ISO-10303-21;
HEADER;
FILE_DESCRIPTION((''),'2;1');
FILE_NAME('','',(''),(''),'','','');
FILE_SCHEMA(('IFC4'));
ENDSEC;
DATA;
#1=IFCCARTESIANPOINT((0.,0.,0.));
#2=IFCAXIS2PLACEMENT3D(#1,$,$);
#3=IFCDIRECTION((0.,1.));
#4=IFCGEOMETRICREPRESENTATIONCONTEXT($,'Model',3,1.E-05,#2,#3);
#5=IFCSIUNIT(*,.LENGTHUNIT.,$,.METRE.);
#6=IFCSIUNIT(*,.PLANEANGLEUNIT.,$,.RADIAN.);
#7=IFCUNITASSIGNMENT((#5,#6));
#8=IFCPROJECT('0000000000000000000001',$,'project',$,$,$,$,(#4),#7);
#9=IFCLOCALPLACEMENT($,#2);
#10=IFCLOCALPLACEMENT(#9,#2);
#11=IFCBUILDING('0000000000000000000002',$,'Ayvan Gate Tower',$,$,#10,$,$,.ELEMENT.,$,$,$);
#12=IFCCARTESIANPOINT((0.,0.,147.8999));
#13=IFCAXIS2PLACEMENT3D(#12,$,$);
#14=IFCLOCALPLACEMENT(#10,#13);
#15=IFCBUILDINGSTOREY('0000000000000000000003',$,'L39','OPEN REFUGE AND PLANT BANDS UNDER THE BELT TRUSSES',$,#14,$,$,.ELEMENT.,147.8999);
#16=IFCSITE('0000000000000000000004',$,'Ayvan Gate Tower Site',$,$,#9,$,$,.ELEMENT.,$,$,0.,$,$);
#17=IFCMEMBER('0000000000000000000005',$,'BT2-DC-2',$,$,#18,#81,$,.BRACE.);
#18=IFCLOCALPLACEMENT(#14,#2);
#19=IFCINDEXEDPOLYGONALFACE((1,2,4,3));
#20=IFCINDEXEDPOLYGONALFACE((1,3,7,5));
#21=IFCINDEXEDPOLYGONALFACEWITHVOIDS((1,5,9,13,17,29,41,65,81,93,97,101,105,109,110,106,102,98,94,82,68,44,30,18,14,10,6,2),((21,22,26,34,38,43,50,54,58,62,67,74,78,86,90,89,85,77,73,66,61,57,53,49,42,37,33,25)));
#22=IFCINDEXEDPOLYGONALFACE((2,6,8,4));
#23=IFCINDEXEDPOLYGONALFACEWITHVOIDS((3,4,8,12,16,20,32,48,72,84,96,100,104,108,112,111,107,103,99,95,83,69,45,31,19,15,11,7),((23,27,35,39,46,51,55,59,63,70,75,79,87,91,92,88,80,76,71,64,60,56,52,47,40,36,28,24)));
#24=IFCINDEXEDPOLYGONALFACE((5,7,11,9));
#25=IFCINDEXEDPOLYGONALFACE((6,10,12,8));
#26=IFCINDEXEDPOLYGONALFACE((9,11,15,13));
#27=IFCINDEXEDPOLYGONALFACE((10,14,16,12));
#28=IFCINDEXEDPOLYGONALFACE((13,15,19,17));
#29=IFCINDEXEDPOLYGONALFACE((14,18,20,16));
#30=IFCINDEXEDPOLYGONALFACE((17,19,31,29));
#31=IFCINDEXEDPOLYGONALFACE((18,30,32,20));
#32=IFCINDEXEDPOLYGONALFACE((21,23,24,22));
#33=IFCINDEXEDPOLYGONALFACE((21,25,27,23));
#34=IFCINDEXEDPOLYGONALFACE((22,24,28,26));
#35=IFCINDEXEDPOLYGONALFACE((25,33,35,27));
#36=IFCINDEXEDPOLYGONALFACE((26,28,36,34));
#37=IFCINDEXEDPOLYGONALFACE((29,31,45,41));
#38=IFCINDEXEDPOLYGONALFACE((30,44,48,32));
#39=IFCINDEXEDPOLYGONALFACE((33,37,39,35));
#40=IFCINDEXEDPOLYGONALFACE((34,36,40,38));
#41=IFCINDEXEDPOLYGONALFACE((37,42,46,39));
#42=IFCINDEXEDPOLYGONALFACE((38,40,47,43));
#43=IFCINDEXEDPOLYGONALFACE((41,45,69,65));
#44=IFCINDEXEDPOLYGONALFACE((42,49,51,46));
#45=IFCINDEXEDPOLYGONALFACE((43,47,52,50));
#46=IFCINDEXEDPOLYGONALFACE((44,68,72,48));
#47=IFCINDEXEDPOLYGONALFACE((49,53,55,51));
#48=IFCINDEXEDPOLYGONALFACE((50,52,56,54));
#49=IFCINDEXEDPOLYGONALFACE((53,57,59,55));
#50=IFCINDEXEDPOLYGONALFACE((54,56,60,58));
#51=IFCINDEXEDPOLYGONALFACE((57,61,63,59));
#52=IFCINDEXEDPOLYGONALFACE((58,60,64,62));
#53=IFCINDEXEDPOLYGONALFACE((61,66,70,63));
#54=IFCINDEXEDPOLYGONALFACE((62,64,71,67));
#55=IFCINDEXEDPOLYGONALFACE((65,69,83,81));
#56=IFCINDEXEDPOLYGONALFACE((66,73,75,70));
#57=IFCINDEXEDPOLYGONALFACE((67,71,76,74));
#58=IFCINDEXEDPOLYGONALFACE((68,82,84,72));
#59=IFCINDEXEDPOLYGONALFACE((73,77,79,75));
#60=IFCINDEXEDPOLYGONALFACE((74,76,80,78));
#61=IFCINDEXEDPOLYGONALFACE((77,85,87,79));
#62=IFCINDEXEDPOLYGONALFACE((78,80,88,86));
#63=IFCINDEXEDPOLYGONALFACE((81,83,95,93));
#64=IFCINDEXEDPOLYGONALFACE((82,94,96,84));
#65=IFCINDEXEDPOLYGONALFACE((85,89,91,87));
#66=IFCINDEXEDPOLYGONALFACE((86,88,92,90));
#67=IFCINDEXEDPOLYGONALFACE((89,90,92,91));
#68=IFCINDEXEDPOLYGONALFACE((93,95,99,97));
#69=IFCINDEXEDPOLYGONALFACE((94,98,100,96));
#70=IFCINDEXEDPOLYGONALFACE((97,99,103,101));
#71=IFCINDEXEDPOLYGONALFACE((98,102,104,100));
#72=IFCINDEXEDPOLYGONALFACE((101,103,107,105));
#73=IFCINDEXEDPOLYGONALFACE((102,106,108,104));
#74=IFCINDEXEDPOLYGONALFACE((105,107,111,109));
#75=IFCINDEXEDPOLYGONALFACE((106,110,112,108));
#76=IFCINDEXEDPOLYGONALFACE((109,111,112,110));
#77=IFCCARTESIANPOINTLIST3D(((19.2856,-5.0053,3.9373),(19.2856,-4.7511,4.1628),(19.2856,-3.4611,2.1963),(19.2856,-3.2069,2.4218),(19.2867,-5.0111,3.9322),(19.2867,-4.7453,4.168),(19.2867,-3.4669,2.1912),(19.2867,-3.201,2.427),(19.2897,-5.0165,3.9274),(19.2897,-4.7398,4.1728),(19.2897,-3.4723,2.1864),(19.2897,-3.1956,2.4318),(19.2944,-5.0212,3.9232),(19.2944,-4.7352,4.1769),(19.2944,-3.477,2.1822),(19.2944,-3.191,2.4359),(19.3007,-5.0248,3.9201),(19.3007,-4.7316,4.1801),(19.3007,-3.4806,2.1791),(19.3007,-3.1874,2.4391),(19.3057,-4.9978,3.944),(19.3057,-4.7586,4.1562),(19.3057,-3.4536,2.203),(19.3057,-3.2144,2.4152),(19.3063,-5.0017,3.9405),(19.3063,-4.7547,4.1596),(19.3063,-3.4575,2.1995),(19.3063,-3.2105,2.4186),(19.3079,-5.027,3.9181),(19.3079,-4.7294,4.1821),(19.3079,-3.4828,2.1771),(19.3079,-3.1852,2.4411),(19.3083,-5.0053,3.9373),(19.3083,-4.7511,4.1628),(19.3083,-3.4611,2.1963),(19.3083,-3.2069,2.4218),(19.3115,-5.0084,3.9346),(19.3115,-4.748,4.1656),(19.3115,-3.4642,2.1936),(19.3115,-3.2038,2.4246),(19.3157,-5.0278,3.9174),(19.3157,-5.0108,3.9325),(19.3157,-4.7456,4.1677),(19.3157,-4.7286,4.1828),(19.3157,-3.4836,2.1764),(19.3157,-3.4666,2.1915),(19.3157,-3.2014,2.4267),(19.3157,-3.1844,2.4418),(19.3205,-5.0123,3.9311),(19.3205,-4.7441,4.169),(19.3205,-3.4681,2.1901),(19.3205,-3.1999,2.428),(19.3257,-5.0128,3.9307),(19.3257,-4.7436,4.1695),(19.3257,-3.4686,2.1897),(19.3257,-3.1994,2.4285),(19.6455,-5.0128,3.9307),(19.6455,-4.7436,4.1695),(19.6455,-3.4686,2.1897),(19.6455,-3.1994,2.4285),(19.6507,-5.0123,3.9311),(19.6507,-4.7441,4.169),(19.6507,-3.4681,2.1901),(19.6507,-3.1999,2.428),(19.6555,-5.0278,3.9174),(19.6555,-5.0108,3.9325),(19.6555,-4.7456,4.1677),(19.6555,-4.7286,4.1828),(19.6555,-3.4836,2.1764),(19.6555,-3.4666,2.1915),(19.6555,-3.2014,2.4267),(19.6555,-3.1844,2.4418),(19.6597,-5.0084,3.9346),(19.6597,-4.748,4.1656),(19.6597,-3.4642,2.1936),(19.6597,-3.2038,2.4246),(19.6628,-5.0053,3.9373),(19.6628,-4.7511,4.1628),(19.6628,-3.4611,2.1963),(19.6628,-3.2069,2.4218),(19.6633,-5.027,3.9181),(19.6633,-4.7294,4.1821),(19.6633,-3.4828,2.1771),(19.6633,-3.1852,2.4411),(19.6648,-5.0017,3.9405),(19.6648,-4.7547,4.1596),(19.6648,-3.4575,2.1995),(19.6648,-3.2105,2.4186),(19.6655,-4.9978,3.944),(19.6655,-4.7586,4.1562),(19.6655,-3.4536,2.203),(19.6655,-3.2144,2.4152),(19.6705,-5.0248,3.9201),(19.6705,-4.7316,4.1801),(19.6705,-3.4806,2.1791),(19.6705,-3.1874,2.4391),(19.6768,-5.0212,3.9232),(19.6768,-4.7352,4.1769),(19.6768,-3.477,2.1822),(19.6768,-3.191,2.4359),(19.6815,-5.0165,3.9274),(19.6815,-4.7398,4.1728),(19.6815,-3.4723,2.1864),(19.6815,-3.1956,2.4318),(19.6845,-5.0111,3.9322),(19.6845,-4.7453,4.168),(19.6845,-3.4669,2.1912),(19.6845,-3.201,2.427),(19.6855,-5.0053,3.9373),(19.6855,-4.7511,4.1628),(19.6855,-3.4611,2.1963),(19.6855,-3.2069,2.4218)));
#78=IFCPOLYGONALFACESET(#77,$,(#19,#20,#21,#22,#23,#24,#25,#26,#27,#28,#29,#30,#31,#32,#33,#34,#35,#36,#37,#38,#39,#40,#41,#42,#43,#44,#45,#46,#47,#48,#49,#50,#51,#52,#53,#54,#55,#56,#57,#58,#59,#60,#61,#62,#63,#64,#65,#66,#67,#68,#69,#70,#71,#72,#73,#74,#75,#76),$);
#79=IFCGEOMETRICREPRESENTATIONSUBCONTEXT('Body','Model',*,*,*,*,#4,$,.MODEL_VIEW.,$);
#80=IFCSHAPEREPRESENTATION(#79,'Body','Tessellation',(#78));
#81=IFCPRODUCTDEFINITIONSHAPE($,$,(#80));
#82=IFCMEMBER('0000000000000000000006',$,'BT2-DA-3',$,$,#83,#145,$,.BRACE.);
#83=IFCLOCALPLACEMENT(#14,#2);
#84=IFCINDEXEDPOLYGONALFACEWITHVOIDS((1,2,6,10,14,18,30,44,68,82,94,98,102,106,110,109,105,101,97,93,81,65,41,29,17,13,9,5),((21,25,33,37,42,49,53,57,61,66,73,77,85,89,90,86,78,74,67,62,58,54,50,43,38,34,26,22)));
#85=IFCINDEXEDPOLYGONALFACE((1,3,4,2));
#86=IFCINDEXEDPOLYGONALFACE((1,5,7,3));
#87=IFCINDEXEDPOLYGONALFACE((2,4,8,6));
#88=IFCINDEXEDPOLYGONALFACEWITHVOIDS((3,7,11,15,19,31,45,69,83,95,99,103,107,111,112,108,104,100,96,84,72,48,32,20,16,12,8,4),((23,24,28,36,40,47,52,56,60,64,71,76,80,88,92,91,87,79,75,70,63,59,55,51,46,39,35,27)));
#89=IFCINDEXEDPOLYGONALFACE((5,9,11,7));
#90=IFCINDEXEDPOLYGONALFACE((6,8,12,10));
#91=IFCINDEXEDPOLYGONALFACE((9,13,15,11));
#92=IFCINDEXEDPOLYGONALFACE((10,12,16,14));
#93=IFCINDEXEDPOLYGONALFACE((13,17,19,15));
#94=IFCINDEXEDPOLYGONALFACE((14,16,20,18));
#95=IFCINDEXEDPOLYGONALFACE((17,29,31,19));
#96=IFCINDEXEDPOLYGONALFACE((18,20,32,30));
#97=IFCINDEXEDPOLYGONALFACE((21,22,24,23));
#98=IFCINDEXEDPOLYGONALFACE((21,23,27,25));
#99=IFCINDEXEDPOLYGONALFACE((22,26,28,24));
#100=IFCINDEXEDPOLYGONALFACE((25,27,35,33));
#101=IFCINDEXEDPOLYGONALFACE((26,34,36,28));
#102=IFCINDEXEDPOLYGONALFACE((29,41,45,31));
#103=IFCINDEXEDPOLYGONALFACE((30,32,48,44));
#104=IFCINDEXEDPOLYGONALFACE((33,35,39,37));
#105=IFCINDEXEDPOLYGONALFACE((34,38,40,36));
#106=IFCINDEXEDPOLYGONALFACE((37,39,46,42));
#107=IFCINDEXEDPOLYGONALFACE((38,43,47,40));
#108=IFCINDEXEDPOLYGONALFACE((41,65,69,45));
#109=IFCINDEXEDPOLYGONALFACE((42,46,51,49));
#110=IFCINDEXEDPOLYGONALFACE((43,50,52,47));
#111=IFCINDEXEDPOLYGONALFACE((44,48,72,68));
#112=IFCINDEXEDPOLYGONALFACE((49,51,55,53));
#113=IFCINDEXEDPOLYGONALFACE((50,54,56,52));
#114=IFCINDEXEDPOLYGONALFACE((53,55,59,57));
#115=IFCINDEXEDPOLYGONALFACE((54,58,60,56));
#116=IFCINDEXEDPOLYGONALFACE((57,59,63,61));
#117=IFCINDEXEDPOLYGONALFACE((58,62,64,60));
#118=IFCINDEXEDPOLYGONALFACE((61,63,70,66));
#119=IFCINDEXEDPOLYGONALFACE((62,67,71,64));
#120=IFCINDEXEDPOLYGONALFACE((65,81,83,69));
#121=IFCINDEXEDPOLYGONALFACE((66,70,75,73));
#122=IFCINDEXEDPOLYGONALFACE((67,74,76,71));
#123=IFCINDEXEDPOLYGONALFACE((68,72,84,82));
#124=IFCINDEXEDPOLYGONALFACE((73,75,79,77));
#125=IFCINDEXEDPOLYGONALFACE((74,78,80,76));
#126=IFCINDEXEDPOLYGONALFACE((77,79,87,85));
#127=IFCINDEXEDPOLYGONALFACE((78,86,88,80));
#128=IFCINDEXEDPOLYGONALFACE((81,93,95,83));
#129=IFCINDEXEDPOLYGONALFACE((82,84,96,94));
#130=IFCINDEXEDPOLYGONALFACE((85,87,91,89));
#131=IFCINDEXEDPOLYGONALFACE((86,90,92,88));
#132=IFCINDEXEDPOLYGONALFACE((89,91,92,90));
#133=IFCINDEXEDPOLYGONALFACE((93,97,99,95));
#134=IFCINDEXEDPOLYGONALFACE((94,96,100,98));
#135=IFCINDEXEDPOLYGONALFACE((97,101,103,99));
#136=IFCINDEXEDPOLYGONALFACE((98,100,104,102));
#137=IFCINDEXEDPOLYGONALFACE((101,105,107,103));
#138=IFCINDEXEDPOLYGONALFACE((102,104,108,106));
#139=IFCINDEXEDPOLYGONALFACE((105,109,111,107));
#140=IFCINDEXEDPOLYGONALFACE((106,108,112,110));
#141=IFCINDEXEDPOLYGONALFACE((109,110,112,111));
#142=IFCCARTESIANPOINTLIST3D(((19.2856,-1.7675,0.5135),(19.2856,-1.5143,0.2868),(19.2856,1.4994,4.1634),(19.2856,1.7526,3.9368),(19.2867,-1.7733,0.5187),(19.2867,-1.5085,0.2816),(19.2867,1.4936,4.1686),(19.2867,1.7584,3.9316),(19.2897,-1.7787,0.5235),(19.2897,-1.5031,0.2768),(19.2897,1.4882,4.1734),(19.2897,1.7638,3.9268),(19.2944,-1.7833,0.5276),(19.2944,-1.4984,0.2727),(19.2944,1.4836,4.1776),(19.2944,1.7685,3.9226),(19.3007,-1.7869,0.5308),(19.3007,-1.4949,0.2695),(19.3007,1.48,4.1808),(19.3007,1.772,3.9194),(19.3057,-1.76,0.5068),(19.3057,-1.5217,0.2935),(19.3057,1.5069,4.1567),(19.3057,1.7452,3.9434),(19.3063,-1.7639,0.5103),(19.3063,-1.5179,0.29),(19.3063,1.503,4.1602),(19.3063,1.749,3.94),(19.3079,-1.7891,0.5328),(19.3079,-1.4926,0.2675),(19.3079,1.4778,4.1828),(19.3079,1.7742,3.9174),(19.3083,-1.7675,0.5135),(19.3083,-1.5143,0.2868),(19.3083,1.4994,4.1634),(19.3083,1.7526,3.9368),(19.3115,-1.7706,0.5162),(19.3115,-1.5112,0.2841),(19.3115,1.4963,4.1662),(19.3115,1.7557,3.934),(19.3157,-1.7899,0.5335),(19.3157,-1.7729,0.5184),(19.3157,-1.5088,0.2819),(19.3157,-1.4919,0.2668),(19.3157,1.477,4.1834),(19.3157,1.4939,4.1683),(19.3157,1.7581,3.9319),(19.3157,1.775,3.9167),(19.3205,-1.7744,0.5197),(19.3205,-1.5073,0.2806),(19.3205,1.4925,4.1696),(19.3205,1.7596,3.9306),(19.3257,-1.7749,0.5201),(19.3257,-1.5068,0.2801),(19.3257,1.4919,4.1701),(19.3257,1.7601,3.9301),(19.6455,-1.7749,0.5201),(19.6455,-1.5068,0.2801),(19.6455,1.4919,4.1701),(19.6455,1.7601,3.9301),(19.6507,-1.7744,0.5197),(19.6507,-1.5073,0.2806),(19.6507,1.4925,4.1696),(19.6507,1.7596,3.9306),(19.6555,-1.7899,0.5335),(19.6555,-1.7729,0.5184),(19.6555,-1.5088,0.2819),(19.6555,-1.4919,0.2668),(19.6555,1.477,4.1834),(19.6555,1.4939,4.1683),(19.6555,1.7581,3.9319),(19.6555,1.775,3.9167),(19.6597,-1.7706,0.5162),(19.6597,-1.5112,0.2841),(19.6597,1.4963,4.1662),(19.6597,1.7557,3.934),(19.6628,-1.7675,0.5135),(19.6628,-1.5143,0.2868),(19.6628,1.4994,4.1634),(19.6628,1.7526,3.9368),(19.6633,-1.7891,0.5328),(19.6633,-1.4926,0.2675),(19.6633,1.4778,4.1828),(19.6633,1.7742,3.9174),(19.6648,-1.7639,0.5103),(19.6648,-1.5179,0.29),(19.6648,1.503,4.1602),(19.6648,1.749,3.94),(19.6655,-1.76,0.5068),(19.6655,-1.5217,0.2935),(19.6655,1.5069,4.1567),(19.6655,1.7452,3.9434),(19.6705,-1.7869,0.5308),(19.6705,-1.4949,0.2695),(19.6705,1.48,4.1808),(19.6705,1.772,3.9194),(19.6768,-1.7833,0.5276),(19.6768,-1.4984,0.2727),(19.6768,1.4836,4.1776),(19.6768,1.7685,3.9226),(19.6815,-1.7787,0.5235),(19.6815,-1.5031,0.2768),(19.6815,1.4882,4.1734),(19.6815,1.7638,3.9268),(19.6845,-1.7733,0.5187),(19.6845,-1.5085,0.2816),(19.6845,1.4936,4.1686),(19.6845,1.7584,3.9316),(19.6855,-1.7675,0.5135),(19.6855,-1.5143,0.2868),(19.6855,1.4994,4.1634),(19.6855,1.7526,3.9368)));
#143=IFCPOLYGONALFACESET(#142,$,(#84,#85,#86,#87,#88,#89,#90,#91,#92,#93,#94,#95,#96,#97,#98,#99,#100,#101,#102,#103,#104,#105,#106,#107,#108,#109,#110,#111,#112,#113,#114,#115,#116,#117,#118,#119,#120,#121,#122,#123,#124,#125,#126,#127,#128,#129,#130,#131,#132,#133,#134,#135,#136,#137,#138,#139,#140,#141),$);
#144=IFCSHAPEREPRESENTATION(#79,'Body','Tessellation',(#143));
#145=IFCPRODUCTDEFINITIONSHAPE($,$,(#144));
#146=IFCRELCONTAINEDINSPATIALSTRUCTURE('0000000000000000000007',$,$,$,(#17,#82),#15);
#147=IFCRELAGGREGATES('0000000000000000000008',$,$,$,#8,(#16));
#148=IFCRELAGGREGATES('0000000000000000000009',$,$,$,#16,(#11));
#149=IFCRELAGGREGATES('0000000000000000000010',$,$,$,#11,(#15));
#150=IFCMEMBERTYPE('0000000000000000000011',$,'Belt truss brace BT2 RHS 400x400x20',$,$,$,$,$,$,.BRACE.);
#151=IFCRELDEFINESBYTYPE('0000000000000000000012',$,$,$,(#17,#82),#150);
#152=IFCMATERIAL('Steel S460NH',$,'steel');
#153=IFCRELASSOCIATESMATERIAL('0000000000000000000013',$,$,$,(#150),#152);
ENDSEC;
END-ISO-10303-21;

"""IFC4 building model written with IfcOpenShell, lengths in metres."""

from ifc_helpers import new_model, si_unit, direction, frame, origin, origin_2d, place, context, subcontext, project, spatial, hollow_rectangle, extrude, material, material_profile, profile_set, type_object, element, save


model = new_model("IFC4")

# Units and contexts
model_context = context("Model", 3, precision=1e-05, world=origin(), true_north=direction((0.0, 1.0)))
body_context = subcontext(model_context, "Body", "Model", "MODEL_VIEW")
ifc_project = project(units=[si_unit("LENGTHUNIT", "METRE"), si_unit("PLANEANGLEUNIT", "RADIAN")], contexts=[model_context])

# Site, building, storey
site_placement = place(None, origin())
site = spatial("IfcSite", under=ifc_project, at=site_placement, Name="Ayvan Gate Tower Site", CompositionType="ELEMENT", RefElevation=0.0)
building_placement = place(site_placement, origin())
building = spatial("IfcBuilding", under=site, at=building_placement, Name="Ayvan Gate Tower", CompositionType="ELEMENT")
storey_placement = place(building_placement, frame((0.0, 0.0, 147.8999)))
storey = spatial("IfcBuildingStorey", under=building, at=storey_placement, Name="L39", Description="OPEN REFUGE AND PLANT BANDS UNDER THE BELT TRUSSES", CompositionType="ELEMENT", Elevation=147.8999)

# Members
ifc_material_1 = material(Name="Steel S460NH", Category="steel")
ifc_material_profile_1 = material_profile(ifc_material_1, hollow_rectangle(XDim=0.3999, YDim=0.3999, WallThickness=0.02, InnerFilletRadius=0.02, OuterFilletRadius=0.03, at=origin_2d()), Name="RHS 400x400x20")
ifc_profile_set_1 = profile_set([ifc_material_profile_1], Name="Steel S460NH")
member_type_1 = type_object("IfcMemberType", Name="Belt truss brace BT2 RHS 400x400x20", PredefinedType="BRACE", material=ifc_profile_set_1)
member_1_placement = place(storey_placement, frame((19.4856, -3.334, 2.3091), z_axis=(0.0, -0.663563, 0.748121), x_axis=(1.0, 0.0, 0.0)))
element("IfcMember", 1, at=member_1_placement, inside=storey, type_object=member_type_1, Name="BT2-DC-2", PredefinedType="BRACE", context=body_context, shape_type="SweptSolid", body=[
    extrude(hollow_rectangle(XDim=0.3999, YDim=0.3999, WallThickness=0.02, InnerFilletRadius=0.02, OuterFilletRadius=0.03, at=origin_2d()), origin(), (0.0, 0.0, 1.0), 2.3271),
])
member_2_placement = place(storey_placement, frame((19.4856, -1.6409, 0.4001), z_axis=(0.0, 0.666925, 0.745125), x_axis=(-1.0, 0.0, 0.0)))
element("IfcMember", 2, at=member_2_placement, inside=storey, type_object=member_type_1, Name="BT2-DA-3", PredefinedType="BRACE", context=body_context, shape_type="SweptSolid", body=[
    extrude(hollow_rectangle(XDim=0.3999, YDim=0.3999, WallThickness=0.02, InnerFilletRadius=0.02, OuterFilletRadius=0.03, at=origin_2d()), origin(), (0.0, 0.0, 1.0), 4.8984),
])

save(model, "model.ifc")
